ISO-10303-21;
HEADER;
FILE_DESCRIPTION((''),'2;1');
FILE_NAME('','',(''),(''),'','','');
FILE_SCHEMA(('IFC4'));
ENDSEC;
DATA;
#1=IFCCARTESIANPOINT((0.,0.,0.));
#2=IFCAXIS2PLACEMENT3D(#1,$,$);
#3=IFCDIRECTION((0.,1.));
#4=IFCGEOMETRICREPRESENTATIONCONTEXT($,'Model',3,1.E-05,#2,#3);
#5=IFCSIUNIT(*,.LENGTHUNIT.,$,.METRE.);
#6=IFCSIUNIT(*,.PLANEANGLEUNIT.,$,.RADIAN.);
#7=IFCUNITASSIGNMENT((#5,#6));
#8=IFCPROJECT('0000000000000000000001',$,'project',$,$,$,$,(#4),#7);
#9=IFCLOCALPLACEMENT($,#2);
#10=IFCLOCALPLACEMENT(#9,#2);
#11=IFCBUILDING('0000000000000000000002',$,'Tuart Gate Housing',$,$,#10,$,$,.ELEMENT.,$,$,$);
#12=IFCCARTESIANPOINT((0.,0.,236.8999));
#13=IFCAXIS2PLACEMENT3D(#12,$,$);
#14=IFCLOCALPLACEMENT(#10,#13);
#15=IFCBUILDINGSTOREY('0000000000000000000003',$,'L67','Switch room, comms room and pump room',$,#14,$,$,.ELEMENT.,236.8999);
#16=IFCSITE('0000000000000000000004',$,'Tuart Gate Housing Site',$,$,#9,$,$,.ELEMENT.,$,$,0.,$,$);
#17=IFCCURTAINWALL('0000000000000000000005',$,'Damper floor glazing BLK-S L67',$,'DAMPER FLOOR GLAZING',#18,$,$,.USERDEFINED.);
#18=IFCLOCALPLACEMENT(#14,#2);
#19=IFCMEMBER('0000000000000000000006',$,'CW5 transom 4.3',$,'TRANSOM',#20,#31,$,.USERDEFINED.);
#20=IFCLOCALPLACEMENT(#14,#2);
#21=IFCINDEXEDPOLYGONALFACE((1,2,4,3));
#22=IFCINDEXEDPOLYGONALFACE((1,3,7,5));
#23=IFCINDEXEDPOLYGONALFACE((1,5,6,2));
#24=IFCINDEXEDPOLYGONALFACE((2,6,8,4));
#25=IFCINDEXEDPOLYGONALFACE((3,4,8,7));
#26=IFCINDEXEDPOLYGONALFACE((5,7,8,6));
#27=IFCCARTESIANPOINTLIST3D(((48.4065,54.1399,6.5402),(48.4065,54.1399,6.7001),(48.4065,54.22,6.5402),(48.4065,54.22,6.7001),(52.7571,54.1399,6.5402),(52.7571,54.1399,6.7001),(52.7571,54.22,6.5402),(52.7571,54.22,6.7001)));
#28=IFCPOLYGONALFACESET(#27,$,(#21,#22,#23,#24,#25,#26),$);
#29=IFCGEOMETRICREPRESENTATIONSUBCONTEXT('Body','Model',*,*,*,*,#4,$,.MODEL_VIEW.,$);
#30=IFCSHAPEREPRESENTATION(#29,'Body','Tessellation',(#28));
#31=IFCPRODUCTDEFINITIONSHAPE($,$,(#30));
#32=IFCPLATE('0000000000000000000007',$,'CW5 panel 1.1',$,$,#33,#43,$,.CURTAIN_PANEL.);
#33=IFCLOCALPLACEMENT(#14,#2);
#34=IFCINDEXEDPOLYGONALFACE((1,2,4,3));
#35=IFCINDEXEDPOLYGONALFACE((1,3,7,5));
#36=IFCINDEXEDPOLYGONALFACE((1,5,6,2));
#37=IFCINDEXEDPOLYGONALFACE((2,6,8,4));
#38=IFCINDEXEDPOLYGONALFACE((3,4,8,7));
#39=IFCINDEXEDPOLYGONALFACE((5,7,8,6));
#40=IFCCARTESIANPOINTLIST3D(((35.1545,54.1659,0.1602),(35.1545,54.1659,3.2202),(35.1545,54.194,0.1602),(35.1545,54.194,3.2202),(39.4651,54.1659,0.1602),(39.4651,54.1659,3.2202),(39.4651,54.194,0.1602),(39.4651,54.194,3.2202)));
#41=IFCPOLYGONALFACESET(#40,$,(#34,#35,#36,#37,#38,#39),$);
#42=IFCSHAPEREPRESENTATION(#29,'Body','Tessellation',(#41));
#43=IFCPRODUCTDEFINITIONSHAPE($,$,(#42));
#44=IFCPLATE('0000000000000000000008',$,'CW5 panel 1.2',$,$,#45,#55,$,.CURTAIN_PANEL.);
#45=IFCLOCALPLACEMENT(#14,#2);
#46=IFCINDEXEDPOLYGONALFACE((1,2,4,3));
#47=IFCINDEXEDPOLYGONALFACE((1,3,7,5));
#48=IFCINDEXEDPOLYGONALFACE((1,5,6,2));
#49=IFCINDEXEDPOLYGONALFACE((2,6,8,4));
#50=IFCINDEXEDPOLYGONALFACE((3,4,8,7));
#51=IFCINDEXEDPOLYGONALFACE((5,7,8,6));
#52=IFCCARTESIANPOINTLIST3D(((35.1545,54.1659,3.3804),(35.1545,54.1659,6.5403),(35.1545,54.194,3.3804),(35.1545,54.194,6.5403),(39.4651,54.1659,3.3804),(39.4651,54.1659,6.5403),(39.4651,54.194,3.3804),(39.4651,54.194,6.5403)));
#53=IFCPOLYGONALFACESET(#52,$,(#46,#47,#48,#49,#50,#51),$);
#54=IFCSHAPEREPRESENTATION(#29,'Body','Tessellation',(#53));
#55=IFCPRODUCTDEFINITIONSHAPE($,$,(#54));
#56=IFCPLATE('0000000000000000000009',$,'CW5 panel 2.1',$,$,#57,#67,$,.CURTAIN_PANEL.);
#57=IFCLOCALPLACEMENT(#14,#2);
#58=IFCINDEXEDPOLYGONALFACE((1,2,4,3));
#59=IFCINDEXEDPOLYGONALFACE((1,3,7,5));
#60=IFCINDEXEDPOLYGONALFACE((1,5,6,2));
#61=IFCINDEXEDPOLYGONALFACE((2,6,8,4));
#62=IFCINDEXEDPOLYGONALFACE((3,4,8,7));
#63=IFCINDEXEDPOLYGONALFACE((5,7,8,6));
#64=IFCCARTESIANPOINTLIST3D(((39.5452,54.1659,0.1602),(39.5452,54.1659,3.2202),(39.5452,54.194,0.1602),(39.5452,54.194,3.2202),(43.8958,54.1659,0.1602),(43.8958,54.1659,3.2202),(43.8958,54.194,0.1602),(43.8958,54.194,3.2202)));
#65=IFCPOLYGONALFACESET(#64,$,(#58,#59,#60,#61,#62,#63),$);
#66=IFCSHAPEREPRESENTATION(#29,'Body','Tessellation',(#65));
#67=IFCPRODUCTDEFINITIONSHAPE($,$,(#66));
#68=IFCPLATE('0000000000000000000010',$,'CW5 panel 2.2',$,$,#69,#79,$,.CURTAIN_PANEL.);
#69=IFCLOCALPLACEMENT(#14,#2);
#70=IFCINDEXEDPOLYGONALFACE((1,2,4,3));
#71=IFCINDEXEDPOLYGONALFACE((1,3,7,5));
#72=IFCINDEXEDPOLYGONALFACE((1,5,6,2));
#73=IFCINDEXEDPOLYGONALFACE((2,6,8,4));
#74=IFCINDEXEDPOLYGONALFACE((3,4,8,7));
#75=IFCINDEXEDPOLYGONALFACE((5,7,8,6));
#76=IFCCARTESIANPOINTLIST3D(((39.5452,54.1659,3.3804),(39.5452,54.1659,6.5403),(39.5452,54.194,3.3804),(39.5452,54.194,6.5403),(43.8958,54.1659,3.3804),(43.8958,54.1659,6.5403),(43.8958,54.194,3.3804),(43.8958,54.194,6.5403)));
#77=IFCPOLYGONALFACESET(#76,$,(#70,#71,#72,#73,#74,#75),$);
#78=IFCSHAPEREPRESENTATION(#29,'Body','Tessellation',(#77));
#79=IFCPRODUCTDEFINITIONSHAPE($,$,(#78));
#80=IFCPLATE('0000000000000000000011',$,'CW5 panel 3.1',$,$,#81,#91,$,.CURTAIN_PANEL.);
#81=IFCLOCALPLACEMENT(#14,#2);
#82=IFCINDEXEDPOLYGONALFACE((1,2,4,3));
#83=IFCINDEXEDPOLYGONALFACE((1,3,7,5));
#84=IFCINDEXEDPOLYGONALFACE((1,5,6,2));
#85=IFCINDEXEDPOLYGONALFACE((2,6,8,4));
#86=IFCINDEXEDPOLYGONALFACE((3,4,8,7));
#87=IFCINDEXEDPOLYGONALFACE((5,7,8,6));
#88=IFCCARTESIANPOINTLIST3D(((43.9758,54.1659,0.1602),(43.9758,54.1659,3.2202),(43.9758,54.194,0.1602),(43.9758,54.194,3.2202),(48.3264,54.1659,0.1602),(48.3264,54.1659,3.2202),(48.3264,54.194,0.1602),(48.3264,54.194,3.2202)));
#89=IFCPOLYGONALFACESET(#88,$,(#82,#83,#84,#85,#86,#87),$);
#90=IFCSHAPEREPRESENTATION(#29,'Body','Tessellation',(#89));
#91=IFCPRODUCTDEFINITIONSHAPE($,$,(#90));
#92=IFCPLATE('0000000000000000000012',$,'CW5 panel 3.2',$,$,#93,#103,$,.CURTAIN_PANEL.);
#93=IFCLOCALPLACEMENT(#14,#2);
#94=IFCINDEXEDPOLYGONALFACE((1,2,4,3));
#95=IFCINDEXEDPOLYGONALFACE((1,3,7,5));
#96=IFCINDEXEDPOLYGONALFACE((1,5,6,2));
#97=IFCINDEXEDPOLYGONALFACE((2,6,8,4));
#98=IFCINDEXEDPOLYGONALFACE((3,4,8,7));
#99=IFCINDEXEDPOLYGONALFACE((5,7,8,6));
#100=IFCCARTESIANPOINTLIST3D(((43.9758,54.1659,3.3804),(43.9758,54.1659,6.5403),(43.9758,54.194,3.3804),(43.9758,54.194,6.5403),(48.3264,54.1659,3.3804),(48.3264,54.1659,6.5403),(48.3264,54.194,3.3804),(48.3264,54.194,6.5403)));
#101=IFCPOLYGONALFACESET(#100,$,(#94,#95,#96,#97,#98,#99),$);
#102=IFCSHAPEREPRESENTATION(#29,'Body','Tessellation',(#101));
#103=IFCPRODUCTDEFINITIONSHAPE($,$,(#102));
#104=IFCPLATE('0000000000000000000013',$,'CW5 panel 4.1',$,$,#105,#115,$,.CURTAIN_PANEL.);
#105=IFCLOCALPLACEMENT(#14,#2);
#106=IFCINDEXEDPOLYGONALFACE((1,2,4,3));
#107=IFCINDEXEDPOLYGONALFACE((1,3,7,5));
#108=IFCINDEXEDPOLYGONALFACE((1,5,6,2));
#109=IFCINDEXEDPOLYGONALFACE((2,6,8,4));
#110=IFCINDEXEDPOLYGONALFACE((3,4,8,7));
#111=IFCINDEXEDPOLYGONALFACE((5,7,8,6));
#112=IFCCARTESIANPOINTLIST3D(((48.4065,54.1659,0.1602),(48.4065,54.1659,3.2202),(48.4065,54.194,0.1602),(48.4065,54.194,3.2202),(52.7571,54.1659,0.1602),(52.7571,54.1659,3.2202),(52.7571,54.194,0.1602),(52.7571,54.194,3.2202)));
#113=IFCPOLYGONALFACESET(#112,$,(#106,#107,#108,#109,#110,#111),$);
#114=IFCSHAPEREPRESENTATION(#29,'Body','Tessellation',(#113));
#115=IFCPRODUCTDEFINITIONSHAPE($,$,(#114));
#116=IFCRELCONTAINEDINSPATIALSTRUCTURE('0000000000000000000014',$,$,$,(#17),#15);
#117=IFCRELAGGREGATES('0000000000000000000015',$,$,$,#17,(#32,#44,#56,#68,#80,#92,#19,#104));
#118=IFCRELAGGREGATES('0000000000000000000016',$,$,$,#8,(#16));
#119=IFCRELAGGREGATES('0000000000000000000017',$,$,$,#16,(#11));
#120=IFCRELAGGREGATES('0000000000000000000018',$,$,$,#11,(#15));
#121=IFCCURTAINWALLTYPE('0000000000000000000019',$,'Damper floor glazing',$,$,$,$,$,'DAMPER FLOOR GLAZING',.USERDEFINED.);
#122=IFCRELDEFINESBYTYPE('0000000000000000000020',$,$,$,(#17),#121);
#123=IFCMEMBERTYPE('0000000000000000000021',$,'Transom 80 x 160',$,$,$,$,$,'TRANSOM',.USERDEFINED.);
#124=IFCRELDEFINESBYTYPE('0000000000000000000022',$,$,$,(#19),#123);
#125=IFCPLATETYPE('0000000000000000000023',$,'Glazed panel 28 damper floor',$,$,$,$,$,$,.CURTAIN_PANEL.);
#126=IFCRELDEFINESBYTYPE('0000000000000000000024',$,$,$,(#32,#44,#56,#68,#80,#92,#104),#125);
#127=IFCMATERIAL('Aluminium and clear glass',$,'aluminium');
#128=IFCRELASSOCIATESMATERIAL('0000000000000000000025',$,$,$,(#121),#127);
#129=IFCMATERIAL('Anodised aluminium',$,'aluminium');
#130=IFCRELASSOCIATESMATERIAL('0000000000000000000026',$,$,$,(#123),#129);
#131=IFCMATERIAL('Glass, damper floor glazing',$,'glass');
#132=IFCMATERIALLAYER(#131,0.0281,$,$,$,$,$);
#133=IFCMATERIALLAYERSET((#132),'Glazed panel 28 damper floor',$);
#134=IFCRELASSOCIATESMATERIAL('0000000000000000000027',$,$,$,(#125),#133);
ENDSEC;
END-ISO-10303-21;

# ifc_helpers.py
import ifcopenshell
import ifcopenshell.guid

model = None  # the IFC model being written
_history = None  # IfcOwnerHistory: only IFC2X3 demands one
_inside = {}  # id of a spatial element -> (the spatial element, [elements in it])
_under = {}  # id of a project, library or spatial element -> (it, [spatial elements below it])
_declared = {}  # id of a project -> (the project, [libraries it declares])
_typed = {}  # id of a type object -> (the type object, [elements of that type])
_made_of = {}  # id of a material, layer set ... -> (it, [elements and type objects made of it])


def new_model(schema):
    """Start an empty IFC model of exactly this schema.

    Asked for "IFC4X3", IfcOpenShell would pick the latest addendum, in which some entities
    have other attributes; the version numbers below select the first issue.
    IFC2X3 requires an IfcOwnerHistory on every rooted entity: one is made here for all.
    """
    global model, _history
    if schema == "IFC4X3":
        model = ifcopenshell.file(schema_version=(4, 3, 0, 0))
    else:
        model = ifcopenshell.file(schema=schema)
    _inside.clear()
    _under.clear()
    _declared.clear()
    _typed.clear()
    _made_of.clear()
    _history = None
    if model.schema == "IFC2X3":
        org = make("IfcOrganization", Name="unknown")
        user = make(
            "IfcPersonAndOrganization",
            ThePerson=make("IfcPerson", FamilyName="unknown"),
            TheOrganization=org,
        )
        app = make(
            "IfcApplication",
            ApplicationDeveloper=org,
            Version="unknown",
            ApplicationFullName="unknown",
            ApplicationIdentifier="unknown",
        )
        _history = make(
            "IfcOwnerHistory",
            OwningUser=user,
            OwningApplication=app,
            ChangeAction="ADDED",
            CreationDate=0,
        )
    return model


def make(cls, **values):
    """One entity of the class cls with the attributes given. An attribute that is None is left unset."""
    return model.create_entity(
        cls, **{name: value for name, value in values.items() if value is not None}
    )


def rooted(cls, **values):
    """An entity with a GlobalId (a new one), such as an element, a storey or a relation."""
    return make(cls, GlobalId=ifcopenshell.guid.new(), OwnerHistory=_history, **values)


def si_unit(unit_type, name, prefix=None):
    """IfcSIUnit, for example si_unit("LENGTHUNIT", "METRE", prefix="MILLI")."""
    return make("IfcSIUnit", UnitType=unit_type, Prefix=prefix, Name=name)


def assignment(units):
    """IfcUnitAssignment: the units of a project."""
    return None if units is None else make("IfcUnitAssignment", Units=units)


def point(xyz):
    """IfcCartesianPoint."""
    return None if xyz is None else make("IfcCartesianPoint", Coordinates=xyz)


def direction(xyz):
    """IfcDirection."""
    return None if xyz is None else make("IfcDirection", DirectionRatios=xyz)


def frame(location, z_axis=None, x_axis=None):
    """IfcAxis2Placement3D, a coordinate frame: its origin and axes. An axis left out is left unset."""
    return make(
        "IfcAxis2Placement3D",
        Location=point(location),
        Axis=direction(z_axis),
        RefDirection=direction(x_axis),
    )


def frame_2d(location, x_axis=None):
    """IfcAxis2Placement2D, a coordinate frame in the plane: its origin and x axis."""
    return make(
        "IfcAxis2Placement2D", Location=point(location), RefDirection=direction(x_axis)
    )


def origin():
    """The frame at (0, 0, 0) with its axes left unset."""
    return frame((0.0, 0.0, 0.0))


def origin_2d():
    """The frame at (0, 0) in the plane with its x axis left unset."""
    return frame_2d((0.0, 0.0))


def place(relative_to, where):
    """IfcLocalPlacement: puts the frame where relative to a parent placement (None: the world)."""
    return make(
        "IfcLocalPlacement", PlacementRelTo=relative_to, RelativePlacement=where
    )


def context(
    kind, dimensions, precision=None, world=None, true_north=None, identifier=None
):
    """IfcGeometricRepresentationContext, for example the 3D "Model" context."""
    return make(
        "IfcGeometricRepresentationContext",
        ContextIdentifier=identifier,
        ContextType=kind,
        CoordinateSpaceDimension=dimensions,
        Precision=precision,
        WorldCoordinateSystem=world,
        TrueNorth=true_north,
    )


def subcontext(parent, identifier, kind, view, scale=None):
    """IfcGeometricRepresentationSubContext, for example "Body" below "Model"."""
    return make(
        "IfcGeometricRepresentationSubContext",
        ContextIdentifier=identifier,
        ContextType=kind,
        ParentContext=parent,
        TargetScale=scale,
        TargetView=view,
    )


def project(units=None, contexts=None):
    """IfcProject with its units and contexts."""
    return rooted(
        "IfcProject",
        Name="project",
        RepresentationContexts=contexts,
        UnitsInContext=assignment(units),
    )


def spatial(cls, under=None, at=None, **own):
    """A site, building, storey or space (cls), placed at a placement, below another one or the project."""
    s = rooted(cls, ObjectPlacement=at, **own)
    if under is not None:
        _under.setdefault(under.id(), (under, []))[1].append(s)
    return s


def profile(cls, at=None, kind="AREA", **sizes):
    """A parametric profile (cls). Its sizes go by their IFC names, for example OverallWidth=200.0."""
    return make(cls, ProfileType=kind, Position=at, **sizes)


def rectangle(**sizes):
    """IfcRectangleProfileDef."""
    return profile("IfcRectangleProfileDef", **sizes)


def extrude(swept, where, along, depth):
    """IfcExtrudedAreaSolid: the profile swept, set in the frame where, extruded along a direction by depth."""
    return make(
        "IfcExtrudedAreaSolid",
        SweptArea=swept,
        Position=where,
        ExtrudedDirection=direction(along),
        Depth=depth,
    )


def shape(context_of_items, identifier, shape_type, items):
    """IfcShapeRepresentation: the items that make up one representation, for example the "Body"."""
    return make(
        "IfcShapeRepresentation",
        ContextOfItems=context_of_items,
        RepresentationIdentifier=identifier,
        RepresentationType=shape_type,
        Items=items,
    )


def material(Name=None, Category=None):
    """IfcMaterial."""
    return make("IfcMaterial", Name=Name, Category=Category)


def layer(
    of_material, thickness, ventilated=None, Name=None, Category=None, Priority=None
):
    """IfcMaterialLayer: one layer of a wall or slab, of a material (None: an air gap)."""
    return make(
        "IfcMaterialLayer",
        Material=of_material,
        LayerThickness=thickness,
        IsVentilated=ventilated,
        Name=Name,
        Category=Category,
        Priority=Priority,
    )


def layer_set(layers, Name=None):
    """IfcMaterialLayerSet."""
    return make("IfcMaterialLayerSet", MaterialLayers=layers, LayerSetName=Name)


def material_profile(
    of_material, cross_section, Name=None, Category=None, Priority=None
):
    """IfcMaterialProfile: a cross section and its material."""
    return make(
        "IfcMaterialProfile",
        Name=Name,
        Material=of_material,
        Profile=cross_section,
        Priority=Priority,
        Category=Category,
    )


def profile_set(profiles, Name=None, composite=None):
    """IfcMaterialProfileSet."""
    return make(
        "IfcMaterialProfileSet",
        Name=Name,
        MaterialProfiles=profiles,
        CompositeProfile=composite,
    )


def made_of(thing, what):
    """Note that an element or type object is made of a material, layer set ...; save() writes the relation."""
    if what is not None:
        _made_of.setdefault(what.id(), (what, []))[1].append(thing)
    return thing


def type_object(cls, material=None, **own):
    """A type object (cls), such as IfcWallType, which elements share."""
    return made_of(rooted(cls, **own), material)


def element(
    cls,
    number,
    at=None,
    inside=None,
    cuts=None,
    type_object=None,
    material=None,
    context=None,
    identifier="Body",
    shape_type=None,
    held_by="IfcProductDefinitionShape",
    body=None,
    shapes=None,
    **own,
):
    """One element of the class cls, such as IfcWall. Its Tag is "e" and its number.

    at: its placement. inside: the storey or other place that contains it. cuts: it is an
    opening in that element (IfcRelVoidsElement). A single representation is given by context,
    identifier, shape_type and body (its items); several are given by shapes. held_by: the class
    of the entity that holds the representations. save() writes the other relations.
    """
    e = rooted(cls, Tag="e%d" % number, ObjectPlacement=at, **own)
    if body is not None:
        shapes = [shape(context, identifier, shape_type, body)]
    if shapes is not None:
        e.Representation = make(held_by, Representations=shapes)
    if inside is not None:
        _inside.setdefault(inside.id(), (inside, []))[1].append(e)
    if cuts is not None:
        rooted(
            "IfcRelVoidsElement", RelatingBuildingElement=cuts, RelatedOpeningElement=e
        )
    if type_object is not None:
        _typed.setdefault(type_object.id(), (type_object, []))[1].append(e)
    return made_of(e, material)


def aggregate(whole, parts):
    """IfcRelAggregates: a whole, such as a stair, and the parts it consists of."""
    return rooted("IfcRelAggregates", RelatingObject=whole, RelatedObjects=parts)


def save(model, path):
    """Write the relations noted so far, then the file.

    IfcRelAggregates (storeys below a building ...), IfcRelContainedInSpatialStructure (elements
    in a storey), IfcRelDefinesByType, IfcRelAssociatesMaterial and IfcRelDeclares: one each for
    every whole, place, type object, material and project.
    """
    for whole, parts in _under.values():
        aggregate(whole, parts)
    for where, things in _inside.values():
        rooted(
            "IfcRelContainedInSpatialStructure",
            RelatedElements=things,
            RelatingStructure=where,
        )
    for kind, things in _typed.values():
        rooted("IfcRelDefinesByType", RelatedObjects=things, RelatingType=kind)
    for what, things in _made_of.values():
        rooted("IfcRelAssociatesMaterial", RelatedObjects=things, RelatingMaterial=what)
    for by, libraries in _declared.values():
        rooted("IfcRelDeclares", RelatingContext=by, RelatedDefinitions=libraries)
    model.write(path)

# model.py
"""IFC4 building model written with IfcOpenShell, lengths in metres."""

from ifc_helpers import new_model, si_unit, direction, frame, origin, origin_2d, place, context, subcontext, project, spatial, rectangle, extrude, material, layer, layer_set, material_profile, profile_set, type_object, element, aggregate, save


model = new_model("IFC4")

# Units and contexts
model_context = context("Model", 3, precision=1e-05, world=origin(), true_north=direction((0.0, 1.0)))
body_context = subcontext(model_context, "Body", "Model", "MODEL_VIEW")
ifc_project = project(units=[si_unit("LENGTHUNIT", "METRE"), si_unit("PLANEANGLEUNIT", "RADIAN")], contexts=[model_context])

# Site, building, storey
site_placement = place(None, origin())
site = spatial("IfcSite", under=ifc_project, at=site_placement, Name="Tuart Gate Housing Site", CompositionType="ELEMENT", RefElevation=0.0)
building_placement = place(site_placement, origin())
building = spatial("IfcBuilding", under=site, at=building_placement, Name="Tuart Gate Housing", CompositionType="ELEMENT")
storey_placement = place(building_placement, frame((0.0, 0.0, 236.8999)))
storey = spatial("IfcBuildingStorey", under=building, at=storey_placement, Name="L67", Description="Switch room, comms room and pump room", CompositionType="ELEMENT", Elevation=236.8999)

# Curtain wall, member, plates
ifc_material_1 = material(Name="Aluminium and clear glass", Category="aluminium")
curtain_wall_type = type_object("IfcCurtainWallType", Name="Damper floor glazing", ElementType="DAMPER FLOOR GLAZING", PredefinedType="USERDEFINED", material=ifc_material_1)
curtain_wall_placement = place(storey_placement, origin())
curtain_wall = element("IfcCurtainWall", 1, at=curtain_wall_placement, inside=storey, type_object=curtain_wall_type, Name="Damper floor glazing BLK-S L67", ObjectType="DAMPER FLOOR GLAZING", PredefinedType="USERDEFINED")
ifc_material_2 = material(Name="Anodised aluminium", Category="aluminium")
ifc_material_profile_1 = material_profile(ifc_material_2, rectangle(XDim=0.0801, YDim=0.1599, at=origin_2d()), Name="80x160")
ifc_profile_set_1 = profile_set([ifc_material_profile_1], Name="Anodised aluminium")
member_type_1 = type_object("IfcMemberType", Name="Transom 80 x 160", ElementType="TRANSOM", PredefinedType="USERDEFINED", material=ifc_profile_set_1)
member_1_placement = place(storey_placement, frame((48.4065, 54.1799, 6.6201), z_axis=(1.0, 0.0, 0.0), x_axis=(0.0, 1.0, 0.0)))
member_1 = element("IfcMember", 2, at=member_1_placement, type_object=member_type_1, Name="CW5 transom 4.3", ObjectType="TRANSOM", PredefinedType="USERDEFINED", context=body_context, shape_type="SweptSolid", body=[
    extrude(rectangle(XDim=0.0801, YDim=0.1599, at=origin_2d()), origin(), (0.0, 0.0, 1.0), 4.3506),
])
ifc_material_3 = material(Name="Glass, damper floor glazing", Category="glass")
ifc_layer = layer(ifc_material_3, 0.0281)
ifc_layer_set = layer_set([ifc_layer], Name="Glazed panel 28 damper floor")
plate_type = type_object("IfcPlateType", Name="Glazed panel 28 damper floor", PredefinedType="CURTAIN_PANEL", material=ifc_layer_set)
plate_1_placement = place(storey_placement, frame((37.3098, 54.1799, 0.1602), z_axis=(0.0, 0.0, 1.0), x_axis=(1.0, 0.0, 0.0)))
plate_1 = element("IfcPlate", 3, at=plate_1_placement, type_object=plate_type, Name="CW5 panel 1.1", PredefinedType="CURTAIN_PANEL", context=body_context, shape_type="SweptSolid", body=[
    extrude(rectangle(XDim=4.3105, YDim=0.0281, at=origin_2d()), origin(), (0.0, 0.0, 1.0), 3.0601),
])
plate_2_placement = place(storey_placement, frame((37.3098, 54.1799, 3.3804), z_axis=(0.0, 0.0, 1.0), x_axis=(1.0, 0.0, 0.0)))
plate_2 = element("IfcPlate", 4, at=plate_2_placement, type_object=plate_type, Name="CW5 panel 1.2", PredefinedType="CURTAIN_PANEL", context=body_context, shape_type="SweptSolid", body=[
    extrude(rectangle(XDim=4.3105, YDim=0.0281, at=origin_2d()), origin(), (0.0, 0.0, 1.0), 3.1599),
])
plate_3_placement = place(storey_placement, frame((41.7205, 54.1799, 0.1602), z_axis=(0.0, 0.0, 1.0), x_axis=(1.0, 0.0, 0.0)))
plate_3 = element("IfcPlate", 5, at=plate_3_placement, type_object=plate_type, Name="CW5 panel 2.1", PredefinedType="CURTAIN_PANEL", context=body_context, shape_type="SweptSolid", body=[
    extrude(rectangle(XDim=4.3506, YDim=0.0281, at=origin_2d()), origin(), (0.0, 0.0, 1.0), 3.0601),
])
plate_4_placement = place(storey_placement, frame((41.7205, 54.1799, 3.3804), z_axis=(0.0, 0.0, 1.0), x_axis=(1.0, 0.0, 0.0)))
plate_4 = element("IfcPlate", 6, at=plate_4_placement, type_object=plate_type, Name="CW5 panel 2.2", PredefinedType="CURTAIN_PANEL", context=body_context, shape_type="SweptSolid", body=[
    extrude(rectangle(XDim=4.3506, YDim=0.0281, at=origin_2d()), origin(), (0.0, 0.0, 1.0), 3.1599),
])
plate_5_placement = place(storey_placement, frame((46.1511, 54.1799, 0.1602), z_axis=(0.0, 0.0, 1.0), x_axis=(1.0, 0.0, 0.0)))
plate_5 = element("IfcPlate", 7, at=plate_5_placement, type_object=plate_type, Name="CW5 panel 3.1", PredefinedType="CURTAIN_PANEL", context=body_context, shape_type="SweptSolid", body=[
    extrude(rectangle(XDim=4.3506, YDim=0.0281, at=origin_2d()), origin(), (0.0, 0.0, 1.0), 3.0601),
])
plate_6_placement = place(storey_placement, frame((46.1511, 54.1799, 3.3804), z_axis=(0.0, 0.0, 1.0), x_axis=(1.0, 0.0, 0.0)))
plate_6 = element("IfcPlate", 8, at=plate_6_placement, type_object=plate_type, Name="CW5 panel 3.2", PredefinedType="CURTAIN_PANEL", context=body_context, shape_type="SweptSolid", body=[
    extrude(rectangle(XDim=4.3506, YDim=0.0281, at=origin_2d()), origin(), (0.0, 0.0, 1.0), 3.1599),
])
plate_7_placement = place(storey_placement, frame((50.5818, 54.1799, 0.1602), z_axis=(0.0, 0.0, 1.0), x_axis=(1.0, 0.0, 0.0)))
plate_7 = element("IfcPlate", 9, at=plate_7_placement, type_object=plate_type, Name="CW5 panel 4.1", PredefinedType="CURTAIN_PANEL", context=body_context, shape_type="SweptSolid", body=[
    extrude(rectangle(XDim=4.3506, YDim=0.0281, at=origin_2d()), origin(), (0.0, 0.0, 1.0), 3.0601),
])
aggregate(curtain_wall, [plate_1, plate_2, plate_3, plate_4, plate_5, plate_6, member_1, plate_7])

save(model, "model.ifc")
